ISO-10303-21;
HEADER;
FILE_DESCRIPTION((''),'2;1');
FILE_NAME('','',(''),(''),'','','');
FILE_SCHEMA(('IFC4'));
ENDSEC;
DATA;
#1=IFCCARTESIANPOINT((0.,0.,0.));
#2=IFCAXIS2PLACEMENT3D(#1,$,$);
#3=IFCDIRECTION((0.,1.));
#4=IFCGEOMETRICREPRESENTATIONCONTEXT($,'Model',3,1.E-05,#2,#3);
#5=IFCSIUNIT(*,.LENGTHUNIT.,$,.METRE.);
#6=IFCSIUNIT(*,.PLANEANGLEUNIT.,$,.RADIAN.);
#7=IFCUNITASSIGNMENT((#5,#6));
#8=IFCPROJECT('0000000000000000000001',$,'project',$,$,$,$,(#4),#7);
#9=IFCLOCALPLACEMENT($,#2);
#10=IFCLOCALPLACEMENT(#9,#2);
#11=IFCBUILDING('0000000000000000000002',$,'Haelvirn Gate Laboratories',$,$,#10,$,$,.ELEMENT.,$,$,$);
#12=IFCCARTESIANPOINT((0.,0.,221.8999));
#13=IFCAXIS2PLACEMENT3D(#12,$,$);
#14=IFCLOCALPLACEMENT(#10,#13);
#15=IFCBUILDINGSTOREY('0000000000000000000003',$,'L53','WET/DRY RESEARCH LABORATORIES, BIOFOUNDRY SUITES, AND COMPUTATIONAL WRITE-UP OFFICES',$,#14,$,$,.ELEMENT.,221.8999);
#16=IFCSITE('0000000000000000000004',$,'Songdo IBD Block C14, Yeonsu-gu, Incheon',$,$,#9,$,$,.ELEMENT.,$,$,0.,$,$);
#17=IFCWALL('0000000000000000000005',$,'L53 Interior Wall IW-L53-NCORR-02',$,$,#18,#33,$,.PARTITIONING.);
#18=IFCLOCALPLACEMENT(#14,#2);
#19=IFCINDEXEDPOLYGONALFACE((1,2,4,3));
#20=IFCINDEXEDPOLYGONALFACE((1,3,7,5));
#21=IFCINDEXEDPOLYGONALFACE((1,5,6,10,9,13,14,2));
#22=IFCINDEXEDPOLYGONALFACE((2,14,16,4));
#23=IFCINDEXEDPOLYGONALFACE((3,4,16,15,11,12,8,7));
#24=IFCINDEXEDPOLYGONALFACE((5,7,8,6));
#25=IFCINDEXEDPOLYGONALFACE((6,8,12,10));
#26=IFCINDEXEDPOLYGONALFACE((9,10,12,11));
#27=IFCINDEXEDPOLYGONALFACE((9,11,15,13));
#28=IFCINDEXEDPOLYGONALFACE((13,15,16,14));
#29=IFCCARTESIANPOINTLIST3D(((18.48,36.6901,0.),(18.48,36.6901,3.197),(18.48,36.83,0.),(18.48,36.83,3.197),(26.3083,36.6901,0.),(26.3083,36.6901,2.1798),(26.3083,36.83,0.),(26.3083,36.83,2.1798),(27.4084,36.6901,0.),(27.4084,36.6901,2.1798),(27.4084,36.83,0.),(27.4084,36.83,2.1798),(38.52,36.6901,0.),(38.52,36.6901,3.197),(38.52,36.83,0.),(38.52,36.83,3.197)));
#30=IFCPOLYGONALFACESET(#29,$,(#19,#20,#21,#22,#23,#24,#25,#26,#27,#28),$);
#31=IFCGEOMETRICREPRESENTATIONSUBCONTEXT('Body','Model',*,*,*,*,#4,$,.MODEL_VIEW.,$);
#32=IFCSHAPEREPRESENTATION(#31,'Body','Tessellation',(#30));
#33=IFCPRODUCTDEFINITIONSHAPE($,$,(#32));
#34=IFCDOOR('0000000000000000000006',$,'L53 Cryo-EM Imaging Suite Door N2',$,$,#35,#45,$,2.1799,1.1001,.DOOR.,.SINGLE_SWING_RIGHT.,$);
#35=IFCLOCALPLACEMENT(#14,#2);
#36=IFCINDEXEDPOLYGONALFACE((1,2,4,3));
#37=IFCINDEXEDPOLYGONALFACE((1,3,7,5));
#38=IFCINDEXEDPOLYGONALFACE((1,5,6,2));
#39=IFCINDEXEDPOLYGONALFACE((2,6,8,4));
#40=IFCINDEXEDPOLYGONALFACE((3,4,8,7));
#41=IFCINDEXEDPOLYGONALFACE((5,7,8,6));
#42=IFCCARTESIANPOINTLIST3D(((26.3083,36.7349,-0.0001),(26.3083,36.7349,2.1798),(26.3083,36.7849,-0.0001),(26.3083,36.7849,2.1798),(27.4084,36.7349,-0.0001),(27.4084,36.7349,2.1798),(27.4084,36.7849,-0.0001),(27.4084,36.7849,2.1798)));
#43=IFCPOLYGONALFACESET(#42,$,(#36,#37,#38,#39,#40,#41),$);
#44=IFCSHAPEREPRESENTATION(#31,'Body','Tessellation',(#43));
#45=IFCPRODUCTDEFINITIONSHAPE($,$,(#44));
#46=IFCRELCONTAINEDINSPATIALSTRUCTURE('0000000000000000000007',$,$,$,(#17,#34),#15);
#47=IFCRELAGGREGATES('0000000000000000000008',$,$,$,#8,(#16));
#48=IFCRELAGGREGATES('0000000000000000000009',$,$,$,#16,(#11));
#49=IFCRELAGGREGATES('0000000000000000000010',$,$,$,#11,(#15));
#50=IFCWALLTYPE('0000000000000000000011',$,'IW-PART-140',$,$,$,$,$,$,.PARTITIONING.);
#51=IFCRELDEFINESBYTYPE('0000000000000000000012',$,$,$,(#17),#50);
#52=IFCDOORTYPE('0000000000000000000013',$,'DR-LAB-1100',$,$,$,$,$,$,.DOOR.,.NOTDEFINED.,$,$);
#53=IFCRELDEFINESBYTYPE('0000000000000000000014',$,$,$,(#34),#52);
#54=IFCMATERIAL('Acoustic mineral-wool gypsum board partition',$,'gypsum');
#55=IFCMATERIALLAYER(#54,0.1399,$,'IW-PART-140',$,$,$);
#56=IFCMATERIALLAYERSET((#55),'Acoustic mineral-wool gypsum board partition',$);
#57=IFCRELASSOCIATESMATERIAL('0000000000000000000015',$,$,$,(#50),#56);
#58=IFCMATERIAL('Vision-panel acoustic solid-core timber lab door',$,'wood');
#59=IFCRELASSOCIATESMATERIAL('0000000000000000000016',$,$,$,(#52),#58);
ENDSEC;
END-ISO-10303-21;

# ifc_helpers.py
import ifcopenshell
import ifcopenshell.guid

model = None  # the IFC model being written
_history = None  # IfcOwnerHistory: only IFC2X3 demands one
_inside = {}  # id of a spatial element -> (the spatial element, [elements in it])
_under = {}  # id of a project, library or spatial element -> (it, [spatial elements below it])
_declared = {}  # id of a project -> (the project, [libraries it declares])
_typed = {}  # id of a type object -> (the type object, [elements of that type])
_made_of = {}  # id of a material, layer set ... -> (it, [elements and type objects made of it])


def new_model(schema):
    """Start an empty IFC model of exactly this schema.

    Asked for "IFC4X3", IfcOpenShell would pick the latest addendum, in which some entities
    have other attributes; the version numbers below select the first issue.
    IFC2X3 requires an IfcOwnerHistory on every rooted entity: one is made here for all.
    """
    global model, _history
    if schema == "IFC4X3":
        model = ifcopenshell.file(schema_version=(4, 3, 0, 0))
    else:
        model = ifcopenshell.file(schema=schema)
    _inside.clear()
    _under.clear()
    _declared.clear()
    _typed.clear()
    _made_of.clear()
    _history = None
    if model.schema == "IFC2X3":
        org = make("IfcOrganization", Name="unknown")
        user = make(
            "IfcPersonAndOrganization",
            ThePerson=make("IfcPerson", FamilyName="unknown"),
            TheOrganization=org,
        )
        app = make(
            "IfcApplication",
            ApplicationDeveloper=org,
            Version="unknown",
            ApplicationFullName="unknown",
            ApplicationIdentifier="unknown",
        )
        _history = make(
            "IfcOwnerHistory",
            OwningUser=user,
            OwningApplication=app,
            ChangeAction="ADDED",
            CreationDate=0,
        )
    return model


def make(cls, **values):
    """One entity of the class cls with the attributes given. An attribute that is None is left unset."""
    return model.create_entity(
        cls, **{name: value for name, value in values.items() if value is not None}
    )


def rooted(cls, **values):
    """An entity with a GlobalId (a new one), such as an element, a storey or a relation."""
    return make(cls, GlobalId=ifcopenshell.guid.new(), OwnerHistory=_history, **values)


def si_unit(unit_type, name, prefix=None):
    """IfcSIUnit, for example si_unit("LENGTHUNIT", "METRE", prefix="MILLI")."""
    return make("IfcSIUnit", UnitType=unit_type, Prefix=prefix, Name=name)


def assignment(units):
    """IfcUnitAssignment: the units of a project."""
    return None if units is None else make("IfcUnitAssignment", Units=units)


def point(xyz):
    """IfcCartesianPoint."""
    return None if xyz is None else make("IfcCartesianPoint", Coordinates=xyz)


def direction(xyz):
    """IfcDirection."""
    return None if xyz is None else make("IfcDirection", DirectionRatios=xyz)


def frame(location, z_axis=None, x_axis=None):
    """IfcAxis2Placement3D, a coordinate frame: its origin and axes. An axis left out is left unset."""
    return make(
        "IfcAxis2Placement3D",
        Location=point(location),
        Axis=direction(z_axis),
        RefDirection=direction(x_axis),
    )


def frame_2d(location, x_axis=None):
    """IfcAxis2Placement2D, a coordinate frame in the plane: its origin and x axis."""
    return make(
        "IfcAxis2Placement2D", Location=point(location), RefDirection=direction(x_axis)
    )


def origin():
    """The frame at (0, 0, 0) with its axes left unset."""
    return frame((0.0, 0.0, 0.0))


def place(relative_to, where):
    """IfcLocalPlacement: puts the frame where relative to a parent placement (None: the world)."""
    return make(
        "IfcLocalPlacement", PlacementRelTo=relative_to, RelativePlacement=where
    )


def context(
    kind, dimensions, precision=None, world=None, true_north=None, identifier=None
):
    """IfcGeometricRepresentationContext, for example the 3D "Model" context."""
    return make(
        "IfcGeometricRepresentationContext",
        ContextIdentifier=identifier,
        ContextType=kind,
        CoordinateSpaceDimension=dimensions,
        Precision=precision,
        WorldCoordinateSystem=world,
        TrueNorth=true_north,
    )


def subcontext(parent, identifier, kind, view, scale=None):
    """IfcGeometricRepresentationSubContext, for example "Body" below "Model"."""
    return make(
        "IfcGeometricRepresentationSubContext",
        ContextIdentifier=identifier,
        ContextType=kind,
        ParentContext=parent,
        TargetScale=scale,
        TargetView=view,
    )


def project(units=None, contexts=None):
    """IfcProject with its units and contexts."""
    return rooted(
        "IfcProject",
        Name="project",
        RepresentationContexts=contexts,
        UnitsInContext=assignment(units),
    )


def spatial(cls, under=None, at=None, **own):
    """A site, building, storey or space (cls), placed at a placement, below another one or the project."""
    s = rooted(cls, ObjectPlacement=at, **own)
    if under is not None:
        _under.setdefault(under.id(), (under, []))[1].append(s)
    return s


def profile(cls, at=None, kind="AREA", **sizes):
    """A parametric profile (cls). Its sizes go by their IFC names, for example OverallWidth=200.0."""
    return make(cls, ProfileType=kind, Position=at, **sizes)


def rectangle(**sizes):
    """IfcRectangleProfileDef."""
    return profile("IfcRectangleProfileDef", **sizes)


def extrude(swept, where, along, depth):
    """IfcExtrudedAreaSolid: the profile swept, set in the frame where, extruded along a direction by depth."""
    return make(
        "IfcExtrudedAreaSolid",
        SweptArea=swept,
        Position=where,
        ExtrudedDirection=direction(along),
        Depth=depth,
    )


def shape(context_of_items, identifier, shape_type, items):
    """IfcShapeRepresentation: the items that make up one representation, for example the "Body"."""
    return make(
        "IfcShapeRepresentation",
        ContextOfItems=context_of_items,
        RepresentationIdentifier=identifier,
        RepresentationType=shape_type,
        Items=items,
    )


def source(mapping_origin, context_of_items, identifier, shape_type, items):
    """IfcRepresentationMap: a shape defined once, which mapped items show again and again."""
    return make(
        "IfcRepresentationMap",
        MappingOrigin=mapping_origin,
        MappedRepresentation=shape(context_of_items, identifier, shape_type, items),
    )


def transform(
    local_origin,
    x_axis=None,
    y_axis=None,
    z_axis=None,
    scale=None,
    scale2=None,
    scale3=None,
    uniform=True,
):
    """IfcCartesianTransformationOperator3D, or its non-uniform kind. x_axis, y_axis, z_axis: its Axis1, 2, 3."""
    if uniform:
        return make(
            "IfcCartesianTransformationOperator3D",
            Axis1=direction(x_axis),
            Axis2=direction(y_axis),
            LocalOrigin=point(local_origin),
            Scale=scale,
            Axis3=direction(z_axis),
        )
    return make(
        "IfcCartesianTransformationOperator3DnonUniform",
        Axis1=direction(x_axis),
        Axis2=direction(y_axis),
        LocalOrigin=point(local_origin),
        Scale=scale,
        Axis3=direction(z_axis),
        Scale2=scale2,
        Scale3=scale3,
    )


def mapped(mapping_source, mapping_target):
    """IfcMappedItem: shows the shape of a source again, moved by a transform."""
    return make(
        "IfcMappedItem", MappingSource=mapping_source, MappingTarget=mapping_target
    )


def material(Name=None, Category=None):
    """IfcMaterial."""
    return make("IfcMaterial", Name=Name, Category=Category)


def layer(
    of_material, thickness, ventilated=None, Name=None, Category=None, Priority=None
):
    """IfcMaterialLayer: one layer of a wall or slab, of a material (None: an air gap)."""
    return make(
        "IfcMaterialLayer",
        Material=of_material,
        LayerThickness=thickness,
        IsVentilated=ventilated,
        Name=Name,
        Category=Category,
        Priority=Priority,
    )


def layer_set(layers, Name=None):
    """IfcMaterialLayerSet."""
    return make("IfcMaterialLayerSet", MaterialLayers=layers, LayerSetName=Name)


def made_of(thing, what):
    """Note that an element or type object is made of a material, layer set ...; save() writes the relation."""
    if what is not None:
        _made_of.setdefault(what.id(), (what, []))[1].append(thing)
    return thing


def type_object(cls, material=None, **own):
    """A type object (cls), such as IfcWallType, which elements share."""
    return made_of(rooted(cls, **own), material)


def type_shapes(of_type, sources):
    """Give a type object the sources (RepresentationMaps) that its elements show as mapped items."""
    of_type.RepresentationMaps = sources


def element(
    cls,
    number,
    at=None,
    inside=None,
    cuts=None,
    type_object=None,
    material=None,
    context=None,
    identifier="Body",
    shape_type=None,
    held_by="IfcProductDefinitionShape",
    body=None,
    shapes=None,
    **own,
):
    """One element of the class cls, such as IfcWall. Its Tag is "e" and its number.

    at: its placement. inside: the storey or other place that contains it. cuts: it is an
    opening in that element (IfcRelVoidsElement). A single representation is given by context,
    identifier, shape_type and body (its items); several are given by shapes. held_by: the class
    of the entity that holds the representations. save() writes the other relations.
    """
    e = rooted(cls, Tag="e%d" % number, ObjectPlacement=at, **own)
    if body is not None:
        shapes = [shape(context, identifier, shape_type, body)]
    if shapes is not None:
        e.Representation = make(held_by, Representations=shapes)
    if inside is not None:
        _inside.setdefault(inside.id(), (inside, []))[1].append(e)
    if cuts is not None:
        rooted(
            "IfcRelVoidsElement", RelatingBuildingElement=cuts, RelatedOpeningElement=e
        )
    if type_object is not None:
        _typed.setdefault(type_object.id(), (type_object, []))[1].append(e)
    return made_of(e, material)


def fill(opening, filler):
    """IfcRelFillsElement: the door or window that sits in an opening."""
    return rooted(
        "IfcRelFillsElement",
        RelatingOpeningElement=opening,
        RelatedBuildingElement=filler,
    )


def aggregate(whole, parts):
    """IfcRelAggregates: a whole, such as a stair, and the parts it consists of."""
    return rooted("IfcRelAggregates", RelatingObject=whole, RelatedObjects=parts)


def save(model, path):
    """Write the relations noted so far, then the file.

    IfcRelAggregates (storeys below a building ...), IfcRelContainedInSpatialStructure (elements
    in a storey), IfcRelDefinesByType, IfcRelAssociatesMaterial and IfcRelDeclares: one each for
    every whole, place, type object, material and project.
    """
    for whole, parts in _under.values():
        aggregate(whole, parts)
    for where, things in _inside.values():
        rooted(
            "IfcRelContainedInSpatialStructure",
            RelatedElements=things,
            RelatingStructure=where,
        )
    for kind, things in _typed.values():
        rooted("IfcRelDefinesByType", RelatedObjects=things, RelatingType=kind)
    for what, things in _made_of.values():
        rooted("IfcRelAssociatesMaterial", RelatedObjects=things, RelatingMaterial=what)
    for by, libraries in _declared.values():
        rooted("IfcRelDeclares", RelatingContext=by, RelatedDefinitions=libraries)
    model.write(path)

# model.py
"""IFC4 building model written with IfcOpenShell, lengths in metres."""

from ifc_helpers import new_model, si_unit, direction, frame, frame_2d, origin, place, context, subcontext, project, spatial, rectangle, extrude, source, transform, mapped, material, layer, layer_set, type_object, type_shapes, element, fill, save


model = new_model("IFC4")

# Units and contexts
model_context = context("Model", 3, precision=1e-05, world=origin(), true_north=direction((0.0, 1.0)))
body_context = subcontext(model_context, "Body", "Model", "MODEL_VIEW")
ifc_project = project(units=[si_unit("LENGTHUNIT", "METRE"), si_unit("PLANEANGLEUNIT", "RADIAN")], contexts=[model_context])

# Site, building, storey
site_placement = place(None, origin())
site = spatial("IfcSite", under=ifc_project, at=site_placement, Name="Songdo IBD Block C14, Yeonsu-gu, Incheon", CompositionType="ELEMENT", RefElevation=0.0)
building_placement = place(site_placement, origin())
building = spatial("IfcBuilding", under=site, at=building_placement, Name="Haelvirn Gate Laboratories", CompositionType="ELEMENT")
storey_placement = place(building_placement, frame((0.0, 0.0, 221.8999)))
storey = spatial("IfcBuildingStorey", under=building, at=storey_placement, Name="L53", Description="WET/DRY RESEARCH LABORATORIES, BIOFOUNDRY SUITES, AND COMPUTATIONAL WRITE-UP OFFICES", CompositionType="ELEMENT", Elevation=221.8999)

# Wall, opening, door
ifc_material_1 = material(Name="Acoustic mineral-wool gypsum board partition", Category="gypsum")
ifc_layer_1 = layer(ifc_material_1, 0.1399, Name="IW-PART-140")
ifc_layer_set_1 = layer_set([ifc_layer_1], Name="Acoustic mineral-wool gypsum board partition")
wall_type_1 = type_object("IfcWallType", Name="IW-PART-140", PredefinedType="PARTITIONING", material=ifc_layer_set_1)
wall_1_placement = place(storey_placement, frame((18.48, 36.76, 0.0), z_axis=(0.0, 0.0, 1.0), x_axis=(1.0, 0.0, 0.0)))
wall_1 = element("IfcWall", 1, at=wall_1_placement, inside=storey, type_object=wall_type_1, Name="L53 Interior Wall IW-L53-NCORR-02", PredefinedType="PARTITIONING", context=body_context, shape_type="SweptSolid", body=[
    extrude(rectangle(XDim=20.04, YDim=0.1399, at=frame_2d((10.02, 0.0))), origin(), (0.0, 0.0, 1.0), 3.197),
])
opening_placement = place(wall_1_placement, frame((7.8284, 0.0, 0.0)))
opening = element("IfcOpeningElement", 2, at=opening_placement, cuts=wall_1, PredefinedType="OPENING", context=body_context, shape_type="SweptSolid", body=[
    extrude(rectangle(XDim=1.1001, YDim=2.1799, at=frame_2d((0.55, 1.0898))), frame((0.0, 0.0801, 0.0), z_axis=(0.0, -1.0, 0.0), x_axis=(1.0, 0.0, 0.0)), (0.0, 0.0, 1.0), 0.1599),
])
ifc_material_2 = material(Name="Vision-panel acoustic solid-core timber lab door", Category="wood")
door_type = type_object("IfcDoorType", Name="DR-LAB-1100", OperationType="NOTDEFINED", PredefinedType="DOOR", material=ifc_material_2)
shared_shape_1 = source(origin(), body_context, "Body", "SweptSolid", [
    extrude(rectangle(XDim=1.1001, YDim=2.1799, at=frame_2d((0.55, 1.0898))), frame((0.0, 0.0249, 0.0), z_axis=(0.0, -1.0, 0.0), x_axis=(1.0, 0.0, 0.0)), (0.0, 0.0, 1.0), 0.05),
])
type_shapes(door_type, [shared_shape_1])
door_placement = place(opening_placement, origin())
door = element("IfcDoor", 3, at=door_placement, inside=storey, type_object=door_type, Name="L53 Cryo-EM Imaging Suite Door N2", OperationType="SINGLE_SWING_RIGHT", OverallHeight=2.1799, OverallWidth=1.1001, PredefinedType="DOOR", context=body_context, shape_type="MappedRepresentation", body=[
    mapped(shared_shape_1, transform((0.0, 0.0, 0.0), scale=1.0)),
])
fill(opening, door)

save(model, "model.ifc")
